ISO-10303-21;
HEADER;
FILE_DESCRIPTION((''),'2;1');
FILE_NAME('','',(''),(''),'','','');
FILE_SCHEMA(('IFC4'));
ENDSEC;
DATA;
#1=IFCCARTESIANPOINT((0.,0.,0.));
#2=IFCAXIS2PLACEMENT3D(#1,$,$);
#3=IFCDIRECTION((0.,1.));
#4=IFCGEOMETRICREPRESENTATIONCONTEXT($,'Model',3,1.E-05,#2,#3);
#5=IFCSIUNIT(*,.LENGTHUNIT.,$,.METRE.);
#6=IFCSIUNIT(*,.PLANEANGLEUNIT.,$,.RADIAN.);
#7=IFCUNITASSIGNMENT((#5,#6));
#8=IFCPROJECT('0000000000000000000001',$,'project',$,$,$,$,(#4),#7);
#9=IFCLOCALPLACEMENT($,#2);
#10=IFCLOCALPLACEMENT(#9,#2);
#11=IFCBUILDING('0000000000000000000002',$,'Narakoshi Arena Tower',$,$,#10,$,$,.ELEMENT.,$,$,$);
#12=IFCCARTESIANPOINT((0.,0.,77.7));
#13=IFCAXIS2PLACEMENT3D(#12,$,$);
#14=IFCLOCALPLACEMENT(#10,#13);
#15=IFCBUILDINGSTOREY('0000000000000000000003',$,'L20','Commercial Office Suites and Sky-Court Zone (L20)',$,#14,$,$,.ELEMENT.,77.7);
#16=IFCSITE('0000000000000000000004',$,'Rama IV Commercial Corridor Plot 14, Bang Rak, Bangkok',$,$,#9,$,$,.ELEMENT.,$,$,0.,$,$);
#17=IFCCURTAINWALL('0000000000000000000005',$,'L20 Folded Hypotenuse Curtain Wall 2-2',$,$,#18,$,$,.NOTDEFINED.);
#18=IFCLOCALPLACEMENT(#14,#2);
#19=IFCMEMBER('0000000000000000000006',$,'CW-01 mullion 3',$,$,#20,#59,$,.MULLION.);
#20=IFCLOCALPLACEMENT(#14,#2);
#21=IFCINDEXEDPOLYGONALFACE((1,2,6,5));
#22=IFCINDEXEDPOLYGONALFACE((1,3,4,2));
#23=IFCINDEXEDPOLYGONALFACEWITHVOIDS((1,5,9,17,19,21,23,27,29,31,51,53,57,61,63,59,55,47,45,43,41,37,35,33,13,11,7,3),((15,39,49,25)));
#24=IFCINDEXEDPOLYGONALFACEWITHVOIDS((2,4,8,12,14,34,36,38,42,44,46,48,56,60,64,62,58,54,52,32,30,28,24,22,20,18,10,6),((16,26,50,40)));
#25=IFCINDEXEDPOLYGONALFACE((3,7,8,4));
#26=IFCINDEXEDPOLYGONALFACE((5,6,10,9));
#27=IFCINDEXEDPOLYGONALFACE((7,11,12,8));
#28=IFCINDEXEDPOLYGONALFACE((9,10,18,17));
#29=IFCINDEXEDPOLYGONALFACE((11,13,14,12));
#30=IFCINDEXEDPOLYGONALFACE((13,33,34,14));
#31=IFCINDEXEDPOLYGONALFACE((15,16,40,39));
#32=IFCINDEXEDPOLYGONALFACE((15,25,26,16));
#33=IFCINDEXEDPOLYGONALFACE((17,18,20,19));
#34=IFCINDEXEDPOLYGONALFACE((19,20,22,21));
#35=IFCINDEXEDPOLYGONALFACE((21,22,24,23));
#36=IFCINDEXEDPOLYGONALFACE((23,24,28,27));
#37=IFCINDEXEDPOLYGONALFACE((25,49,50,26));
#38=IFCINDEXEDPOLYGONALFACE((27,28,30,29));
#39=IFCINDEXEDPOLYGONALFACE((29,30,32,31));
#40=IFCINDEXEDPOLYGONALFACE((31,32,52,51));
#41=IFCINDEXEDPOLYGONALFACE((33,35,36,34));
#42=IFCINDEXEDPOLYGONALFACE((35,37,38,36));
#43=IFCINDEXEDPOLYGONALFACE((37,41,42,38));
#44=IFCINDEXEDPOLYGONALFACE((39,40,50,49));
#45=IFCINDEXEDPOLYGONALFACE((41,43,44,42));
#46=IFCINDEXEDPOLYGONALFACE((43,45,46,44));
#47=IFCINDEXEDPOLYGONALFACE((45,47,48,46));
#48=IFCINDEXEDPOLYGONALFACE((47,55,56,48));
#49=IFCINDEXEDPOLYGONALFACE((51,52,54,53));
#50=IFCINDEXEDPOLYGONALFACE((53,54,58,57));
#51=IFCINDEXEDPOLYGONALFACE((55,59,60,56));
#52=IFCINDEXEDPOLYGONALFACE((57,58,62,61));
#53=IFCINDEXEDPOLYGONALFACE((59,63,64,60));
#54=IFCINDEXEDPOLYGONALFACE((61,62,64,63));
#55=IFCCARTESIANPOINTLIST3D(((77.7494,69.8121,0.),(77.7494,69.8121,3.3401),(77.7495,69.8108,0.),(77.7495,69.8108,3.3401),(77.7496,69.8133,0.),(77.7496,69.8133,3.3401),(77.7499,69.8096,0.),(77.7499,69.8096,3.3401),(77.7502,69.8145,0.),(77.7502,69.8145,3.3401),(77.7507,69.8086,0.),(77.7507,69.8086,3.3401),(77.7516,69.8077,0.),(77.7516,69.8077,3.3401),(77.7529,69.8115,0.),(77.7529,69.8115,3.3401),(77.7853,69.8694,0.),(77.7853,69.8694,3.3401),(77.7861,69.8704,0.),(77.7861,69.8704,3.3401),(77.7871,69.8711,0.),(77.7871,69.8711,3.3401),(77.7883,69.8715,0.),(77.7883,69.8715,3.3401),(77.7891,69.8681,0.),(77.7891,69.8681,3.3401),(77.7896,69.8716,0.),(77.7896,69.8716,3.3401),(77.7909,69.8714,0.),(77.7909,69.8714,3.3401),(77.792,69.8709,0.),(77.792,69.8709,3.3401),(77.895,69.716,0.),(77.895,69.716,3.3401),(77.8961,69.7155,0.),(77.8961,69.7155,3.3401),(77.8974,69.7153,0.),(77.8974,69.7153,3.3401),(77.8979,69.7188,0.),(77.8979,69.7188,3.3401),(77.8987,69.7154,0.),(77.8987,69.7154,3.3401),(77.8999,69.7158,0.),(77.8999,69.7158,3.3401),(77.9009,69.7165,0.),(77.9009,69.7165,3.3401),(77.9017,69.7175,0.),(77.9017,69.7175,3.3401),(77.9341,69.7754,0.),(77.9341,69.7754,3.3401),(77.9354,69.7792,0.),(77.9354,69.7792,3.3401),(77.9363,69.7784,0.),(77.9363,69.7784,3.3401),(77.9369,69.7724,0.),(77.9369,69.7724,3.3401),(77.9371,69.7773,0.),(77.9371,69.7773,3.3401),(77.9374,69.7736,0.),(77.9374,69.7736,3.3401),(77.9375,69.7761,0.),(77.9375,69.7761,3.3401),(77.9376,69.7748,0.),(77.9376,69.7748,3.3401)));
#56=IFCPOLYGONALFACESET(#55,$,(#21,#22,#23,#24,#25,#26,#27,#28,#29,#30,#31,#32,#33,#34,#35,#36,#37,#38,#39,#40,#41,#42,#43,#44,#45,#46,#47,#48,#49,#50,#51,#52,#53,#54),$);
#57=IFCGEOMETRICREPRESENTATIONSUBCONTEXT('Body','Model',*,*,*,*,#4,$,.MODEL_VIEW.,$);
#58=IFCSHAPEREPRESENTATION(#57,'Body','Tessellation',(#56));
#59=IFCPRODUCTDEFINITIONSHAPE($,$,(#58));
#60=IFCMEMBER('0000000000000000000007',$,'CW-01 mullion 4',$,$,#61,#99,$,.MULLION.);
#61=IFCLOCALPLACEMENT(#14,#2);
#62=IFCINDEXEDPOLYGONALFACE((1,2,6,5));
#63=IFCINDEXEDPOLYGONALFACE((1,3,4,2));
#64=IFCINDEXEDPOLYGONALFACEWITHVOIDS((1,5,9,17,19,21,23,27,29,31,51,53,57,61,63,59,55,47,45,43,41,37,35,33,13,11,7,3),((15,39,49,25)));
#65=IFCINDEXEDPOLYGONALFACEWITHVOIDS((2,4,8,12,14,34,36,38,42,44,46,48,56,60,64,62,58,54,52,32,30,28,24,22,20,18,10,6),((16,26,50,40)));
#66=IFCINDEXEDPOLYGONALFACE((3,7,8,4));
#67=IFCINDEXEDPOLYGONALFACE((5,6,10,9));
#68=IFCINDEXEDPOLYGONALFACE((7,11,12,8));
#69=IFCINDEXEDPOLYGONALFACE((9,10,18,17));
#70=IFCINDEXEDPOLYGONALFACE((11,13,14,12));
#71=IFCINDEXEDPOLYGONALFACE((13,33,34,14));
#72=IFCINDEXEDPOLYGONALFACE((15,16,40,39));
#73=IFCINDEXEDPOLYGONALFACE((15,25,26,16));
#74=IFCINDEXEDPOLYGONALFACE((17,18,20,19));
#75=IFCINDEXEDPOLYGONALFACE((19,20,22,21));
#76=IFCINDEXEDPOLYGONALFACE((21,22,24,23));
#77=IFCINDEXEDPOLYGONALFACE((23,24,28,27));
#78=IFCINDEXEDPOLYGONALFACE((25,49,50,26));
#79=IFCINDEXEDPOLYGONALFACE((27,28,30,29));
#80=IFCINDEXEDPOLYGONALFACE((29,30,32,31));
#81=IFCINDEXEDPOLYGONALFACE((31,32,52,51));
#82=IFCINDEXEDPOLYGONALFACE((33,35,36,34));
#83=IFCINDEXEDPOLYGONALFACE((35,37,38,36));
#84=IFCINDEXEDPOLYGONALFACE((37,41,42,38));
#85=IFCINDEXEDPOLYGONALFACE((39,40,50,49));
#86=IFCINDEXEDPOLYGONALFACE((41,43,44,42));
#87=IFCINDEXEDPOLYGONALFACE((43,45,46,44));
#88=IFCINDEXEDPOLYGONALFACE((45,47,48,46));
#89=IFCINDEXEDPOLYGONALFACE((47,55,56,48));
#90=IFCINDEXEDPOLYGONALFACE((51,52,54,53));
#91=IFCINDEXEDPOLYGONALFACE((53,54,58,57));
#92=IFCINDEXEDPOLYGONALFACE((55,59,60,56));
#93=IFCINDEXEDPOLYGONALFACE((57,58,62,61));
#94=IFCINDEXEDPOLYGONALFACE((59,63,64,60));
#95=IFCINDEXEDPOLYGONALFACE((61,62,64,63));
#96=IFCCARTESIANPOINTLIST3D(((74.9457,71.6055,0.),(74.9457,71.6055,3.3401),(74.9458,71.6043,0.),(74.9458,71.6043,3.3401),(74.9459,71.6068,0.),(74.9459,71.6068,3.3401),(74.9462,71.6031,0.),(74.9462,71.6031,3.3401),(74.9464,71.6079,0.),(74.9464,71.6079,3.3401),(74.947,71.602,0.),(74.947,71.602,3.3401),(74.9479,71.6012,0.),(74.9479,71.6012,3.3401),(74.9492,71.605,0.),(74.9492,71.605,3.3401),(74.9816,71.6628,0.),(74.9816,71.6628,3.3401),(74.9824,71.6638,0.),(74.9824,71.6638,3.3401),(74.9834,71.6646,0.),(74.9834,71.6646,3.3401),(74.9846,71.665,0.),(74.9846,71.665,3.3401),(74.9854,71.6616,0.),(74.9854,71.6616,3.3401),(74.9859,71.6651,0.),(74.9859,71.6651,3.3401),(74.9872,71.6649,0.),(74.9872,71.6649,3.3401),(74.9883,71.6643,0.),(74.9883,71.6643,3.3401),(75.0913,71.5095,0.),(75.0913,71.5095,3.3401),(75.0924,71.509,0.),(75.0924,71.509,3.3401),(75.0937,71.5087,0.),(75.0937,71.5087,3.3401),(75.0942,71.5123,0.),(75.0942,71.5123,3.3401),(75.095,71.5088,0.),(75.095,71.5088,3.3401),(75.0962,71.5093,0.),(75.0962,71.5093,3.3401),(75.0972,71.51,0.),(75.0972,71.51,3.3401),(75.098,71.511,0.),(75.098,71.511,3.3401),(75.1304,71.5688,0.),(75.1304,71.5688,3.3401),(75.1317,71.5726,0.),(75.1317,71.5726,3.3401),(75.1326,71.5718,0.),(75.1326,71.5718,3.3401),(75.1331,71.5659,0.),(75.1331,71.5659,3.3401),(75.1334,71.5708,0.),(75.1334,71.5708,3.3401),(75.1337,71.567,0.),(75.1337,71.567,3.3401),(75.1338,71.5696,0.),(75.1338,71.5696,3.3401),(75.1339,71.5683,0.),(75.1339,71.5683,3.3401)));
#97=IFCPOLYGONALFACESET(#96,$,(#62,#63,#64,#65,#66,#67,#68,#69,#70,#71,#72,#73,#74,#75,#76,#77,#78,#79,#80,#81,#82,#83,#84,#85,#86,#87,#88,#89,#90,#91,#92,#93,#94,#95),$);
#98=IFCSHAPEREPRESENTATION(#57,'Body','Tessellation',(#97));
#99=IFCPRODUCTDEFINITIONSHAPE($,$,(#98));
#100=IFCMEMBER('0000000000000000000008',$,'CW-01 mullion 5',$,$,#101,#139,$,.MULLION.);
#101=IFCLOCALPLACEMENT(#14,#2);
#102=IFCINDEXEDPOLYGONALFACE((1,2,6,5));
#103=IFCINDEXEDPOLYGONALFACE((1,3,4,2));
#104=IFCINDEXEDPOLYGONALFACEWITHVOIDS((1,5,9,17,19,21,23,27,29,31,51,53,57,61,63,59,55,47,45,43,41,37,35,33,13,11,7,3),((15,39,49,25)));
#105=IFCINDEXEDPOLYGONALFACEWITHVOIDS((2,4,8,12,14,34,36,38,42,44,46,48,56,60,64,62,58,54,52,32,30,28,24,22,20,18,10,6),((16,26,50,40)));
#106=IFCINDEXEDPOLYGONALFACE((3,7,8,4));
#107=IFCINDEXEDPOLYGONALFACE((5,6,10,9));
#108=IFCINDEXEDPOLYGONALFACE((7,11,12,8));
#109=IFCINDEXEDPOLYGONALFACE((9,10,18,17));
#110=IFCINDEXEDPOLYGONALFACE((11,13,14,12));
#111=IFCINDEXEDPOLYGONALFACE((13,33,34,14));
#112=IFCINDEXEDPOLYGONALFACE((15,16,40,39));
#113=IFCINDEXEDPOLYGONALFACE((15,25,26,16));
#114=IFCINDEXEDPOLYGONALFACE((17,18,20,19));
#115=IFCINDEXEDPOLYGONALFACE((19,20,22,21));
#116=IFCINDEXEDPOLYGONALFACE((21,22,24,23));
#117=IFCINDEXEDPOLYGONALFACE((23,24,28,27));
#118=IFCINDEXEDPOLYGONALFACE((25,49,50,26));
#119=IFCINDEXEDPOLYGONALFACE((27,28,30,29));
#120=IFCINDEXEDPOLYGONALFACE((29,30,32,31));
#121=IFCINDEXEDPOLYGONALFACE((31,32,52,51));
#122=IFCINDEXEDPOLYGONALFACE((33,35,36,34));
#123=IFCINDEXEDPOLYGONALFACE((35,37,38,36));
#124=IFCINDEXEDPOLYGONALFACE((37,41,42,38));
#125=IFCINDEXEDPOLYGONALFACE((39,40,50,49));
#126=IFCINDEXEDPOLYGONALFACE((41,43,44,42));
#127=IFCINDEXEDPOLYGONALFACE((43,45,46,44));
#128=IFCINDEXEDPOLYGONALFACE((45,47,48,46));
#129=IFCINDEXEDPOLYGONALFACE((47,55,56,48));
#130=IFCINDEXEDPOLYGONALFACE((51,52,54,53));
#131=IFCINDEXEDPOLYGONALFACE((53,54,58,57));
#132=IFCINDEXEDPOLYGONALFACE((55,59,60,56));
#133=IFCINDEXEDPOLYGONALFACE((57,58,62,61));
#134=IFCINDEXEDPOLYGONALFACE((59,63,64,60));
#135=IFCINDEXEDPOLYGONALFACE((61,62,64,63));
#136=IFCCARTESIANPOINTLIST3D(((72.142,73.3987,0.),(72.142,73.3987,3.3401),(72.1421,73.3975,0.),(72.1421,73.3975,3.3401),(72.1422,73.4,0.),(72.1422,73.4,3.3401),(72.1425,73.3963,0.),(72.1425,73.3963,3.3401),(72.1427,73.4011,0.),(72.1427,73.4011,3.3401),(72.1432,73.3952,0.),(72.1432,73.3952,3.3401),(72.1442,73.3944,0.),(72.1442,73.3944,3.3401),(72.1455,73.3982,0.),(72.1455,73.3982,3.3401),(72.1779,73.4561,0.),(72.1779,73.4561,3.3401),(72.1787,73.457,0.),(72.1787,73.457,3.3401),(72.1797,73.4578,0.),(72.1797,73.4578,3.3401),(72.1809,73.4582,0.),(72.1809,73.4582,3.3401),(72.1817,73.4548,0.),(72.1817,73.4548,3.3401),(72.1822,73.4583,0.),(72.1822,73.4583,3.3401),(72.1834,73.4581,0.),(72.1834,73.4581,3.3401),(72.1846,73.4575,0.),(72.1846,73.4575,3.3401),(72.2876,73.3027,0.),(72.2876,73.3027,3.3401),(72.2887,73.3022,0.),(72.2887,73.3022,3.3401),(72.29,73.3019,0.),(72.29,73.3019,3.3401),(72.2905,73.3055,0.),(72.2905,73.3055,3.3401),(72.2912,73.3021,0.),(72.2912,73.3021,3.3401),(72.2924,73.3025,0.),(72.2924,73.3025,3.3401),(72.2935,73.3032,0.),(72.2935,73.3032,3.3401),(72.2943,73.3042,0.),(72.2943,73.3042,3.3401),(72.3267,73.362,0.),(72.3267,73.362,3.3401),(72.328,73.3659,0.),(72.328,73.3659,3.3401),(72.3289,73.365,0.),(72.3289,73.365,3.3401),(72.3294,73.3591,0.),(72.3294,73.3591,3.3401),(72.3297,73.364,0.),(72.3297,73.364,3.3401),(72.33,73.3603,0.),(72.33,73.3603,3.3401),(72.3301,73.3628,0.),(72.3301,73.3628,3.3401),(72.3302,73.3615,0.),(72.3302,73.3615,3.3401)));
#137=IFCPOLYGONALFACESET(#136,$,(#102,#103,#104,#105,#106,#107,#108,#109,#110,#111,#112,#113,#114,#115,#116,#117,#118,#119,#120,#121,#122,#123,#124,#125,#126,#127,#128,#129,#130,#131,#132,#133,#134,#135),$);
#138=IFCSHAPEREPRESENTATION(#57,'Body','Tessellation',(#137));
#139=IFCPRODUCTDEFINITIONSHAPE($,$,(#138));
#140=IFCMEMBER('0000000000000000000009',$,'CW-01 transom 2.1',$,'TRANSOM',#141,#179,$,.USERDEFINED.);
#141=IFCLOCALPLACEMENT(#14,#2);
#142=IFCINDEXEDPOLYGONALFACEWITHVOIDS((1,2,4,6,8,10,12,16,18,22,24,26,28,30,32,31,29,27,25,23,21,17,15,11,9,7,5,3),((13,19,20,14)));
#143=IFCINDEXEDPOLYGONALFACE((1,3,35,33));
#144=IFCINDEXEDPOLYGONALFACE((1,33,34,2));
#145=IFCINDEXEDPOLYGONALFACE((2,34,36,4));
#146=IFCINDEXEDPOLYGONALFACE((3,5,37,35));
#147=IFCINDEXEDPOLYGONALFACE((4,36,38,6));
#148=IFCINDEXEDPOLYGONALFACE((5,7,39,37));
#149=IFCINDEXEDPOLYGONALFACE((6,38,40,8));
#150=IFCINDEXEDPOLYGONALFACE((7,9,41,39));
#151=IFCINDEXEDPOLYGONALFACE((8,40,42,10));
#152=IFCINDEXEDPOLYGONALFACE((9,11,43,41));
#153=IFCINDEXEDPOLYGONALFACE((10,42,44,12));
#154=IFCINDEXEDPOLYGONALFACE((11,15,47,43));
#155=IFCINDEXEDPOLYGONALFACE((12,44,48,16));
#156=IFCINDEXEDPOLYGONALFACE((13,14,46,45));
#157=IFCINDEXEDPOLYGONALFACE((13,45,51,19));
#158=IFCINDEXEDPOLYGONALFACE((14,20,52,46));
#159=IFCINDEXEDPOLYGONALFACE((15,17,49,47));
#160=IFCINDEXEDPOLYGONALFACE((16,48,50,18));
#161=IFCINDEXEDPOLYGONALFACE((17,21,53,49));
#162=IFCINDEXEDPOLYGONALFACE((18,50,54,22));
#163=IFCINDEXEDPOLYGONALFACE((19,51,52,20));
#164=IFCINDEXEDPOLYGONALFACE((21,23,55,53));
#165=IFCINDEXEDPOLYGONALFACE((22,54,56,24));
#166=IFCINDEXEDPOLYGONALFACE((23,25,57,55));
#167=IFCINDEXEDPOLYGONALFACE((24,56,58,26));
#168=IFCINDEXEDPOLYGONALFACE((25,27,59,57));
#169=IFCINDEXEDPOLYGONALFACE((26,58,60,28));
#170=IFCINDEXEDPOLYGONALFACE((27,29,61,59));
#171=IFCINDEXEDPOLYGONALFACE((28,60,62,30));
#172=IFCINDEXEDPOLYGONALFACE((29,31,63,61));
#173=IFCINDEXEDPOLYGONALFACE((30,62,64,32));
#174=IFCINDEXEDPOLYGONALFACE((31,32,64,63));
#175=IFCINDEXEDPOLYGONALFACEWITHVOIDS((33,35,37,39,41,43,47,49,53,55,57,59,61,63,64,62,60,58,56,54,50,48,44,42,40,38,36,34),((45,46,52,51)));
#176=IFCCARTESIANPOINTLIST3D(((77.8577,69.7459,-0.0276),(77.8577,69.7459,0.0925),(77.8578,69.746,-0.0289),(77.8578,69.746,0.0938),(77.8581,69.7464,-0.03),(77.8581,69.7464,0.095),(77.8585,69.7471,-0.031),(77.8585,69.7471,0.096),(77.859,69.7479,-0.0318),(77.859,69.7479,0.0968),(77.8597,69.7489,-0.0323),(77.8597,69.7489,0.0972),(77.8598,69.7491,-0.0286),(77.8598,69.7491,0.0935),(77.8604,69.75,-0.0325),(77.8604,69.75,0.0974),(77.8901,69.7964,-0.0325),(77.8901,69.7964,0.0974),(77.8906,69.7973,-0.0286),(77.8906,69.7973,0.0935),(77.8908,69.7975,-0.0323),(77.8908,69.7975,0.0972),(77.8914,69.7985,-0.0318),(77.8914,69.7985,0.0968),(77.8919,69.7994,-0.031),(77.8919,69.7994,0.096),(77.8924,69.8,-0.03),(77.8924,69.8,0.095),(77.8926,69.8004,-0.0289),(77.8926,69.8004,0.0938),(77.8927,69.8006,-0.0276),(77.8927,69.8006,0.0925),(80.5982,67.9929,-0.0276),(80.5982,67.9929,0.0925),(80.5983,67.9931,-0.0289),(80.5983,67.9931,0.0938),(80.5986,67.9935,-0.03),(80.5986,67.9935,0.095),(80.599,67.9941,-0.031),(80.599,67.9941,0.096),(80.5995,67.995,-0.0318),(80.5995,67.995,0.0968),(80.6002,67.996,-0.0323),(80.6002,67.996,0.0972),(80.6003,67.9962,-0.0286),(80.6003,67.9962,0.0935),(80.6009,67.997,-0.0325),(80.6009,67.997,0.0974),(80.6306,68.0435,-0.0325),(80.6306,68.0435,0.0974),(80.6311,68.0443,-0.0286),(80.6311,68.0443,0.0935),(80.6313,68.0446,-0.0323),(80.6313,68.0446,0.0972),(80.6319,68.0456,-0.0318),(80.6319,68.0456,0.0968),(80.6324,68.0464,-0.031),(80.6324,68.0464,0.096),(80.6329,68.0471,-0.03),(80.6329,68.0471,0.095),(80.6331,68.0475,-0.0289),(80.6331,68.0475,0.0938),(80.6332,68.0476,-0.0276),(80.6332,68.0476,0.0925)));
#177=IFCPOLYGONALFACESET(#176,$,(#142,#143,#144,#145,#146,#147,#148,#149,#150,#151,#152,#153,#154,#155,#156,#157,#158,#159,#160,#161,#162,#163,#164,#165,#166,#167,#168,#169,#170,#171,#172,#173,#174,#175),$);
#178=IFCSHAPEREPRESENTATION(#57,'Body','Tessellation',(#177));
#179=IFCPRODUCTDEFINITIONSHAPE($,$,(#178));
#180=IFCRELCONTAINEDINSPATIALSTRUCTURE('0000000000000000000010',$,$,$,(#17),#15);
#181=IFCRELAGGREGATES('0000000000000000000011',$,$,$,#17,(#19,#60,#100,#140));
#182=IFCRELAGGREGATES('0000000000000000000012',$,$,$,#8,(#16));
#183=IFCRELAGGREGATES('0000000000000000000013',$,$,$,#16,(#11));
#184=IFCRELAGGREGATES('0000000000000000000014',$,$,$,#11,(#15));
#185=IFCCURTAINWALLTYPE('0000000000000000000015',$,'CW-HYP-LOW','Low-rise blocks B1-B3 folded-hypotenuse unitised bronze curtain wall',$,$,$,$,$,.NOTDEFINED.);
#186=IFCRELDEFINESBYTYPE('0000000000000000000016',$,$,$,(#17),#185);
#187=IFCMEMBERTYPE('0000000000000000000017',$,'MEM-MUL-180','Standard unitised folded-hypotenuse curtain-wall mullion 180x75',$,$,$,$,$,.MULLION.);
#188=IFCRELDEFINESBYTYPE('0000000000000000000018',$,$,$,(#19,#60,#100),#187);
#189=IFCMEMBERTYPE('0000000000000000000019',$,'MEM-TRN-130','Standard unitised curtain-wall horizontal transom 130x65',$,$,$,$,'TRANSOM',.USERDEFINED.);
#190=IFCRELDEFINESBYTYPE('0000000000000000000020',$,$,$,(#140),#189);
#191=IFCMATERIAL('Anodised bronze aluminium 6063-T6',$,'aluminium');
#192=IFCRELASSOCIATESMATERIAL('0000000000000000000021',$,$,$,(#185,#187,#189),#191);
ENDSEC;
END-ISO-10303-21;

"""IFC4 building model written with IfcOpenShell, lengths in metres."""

from ifc_helpers import new_model, si_unit, direction, frame, origin, origin_2d, place, context, subcontext, project, spatial, hollow_rectangle, extrude, material, material_profile, profile_set, type_object, element, aggregate, save


model = new_model("IFC4")

# Units and contexts
model_context = context("Model", 3, precision=1e-05, world=origin(), true_north=direction((0.0, 1.0)))
body_context = subcontext(model_context, "Body", "Model", "MODEL_VIEW")
ifc_project = project(units=[si_unit("LENGTHUNIT", "METRE"), si_unit("PLANEANGLEUNIT", "RADIAN")], contexts=[model_context])

# Site, building, storey
site_placement = place(None, origin())
site = spatial("IfcSite", under=ifc_project, at=site_placement, Name="Rama IV Commercial Corridor Plot 14, Bang Rak, Bangkok", CompositionType="ELEMENT", RefElevation=0.0)
building_placement = place(site_placement, origin())
building = spatial("IfcBuilding", under=site, at=building_placement, Name="Narakoshi Arena Tower", CompositionType="ELEMENT")
storey_placement = place(building_placement, frame((0.0, 0.0, 77.7)))
storey = spatial("IfcBuildingStorey", under=building, at=storey_placement, Name="L20", Description="Commercial Office Suites and Sky-Court Zone (L20)", CompositionType="ELEMENT", Elevation=77.7)

# Curtain wall, members
ifc_material_1 = material(Name="Anodised bronze aluminium 6063-T6", Category="aluminium")
curtain_wall_type = type_object("IfcCurtainWallType", Name="CW-HYP-LOW", Description="Low-rise blocks B1-B3 folded-hypotenuse unitised bronze curtain wall", PredefinedType="NOTDEFINED", material=ifc_material_1)
curtain_wall_placement = place(storey_placement, origin())
curtain_wall = element("IfcCurtainWall", 1, at=curtain_wall_placement, inside=storey, type_object=curtain_wall_type, Name="L20 Folded Hypotenuse Curtain Wall 2-2", PredefinedType="NOTDEFINED")
ifc_material_profile_1 = material_profile(ifc_material_1, hollow_rectangle(XDim=0.075, YDim=0.1799, WallThickness=0.0039, OuterFilletRadius=0.0049, at=origin_2d()), Name="MUL180x75x4")
ifc_profile_set_1 = profile_set([ifc_material_profile_1], Name="Anodised bronze aluminium 6063-T6")
member_type_1 = type_object("IfcMemberType", Name="MEM-MUL-180", Description="Standard unitised folded-hypotenuse curtain-wall mullion 180x75", PredefinedType="MULLION", material=ifc_profile_set_1)
member_1_placement = place(storey_placement, frame((77.8435, 69.7935, 0.0), z_axis=(0.0, 0.0, 1.0), x_axis=(-0.538829, -0.842415, 0.0)))
member_1 = element("IfcMember", 2, at=member_1_placement, type_object=member_type_1, Name="CW-01 mullion 3", PredefinedType="MULLION", context=body_context, shape_type="SweptSolid", body=[
    extrude(hollow_rectangle(XDim=0.075, YDim=0.1799, WallThickness=0.0039, OuterFilletRadius=0.0049, at=origin_2d()), origin(), (0.0, 0.0, 1.0), 3.3401),
])
member_2_placement = place(storey_placement, frame((75.0398, 71.5869, 0.0), z_axis=(0.0, 0.0, 1.0), x_axis=(-0.538829, -0.842415, 0.0)))
member_2 = element("IfcMember", 3, at=member_2_placement, type_object=member_type_1, Name="CW-01 mullion 4", PredefinedType="MULLION", context=body_context, shape_type="SweptSolid", body=[
    extrude(hollow_rectangle(XDim=0.075, YDim=0.1799, WallThickness=0.0039, OuterFilletRadius=0.0049, at=origin_2d()), origin(), (0.0, 0.0, 1.0), 3.3401),
])
member_3_placement = place(storey_placement, frame((72.2361, 73.3801, 0.0), z_axis=(0.0, 0.0, 1.0), x_axis=(-0.538829, -0.842415, 0.0)))
member_3 = element("IfcMember", 4, at=member_3_placement, type_object=member_type_1, Name="CW-01 mullion 5", PredefinedType="MULLION", context=body_context, shape_type="SweptSolid", body=[
    extrude(hollow_rectangle(XDim=0.075, YDim=0.1799, WallThickness=0.0039, OuterFilletRadius=0.0049, at=origin_2d()), origin(), (0.0, 0.0, 1.0), 3.3401),
])
ifc_material_profile_2 = material_profile(ifc_material_1, hollow_rectangle(XDim=0.0649, YDim=0.1299, WallThickness=0.0039, OuterFilletRadius=0.0049, at=origin_2d()), Name="TRN130x65x4")
ifc_profile_set_2 = profile_set([ifc_material_profile_2], Name="Anodised bronze aluminium 6063-T6")
member_type_2 = type_object("IfcMemberType", Name="MEM-TRN-130", Description="Standard unitised curtain-wall horizontal transom 130x65", ElementType="TRANSOM", PredefinedType="USERDEFINED", material=ifc_profile_set_2)
member_4_placement = place(storey_placement, frame((80.6157, 68.0203, 0.0325), z_axis=(-0.842408, 0.538841, 0.0), x_axis=(-0.538841, -0.842408, 0.0)))
member_4 = element("IfcMember", 5, at=member_4_placement, type_object=member_type_2, Name="CW-01 transom 2.1", ObjectType="TRANSOM", PredefinedType="USERDEFINED", context=body_context, shape_type="SweptSolid", body=[
    extrude(hollow_rectangle(XDim=0.0649, YDim=0.1299, WallThickness=0.0039, OuterFilletRadius=0.0049, at=origin_2d()), origin(), (0.0, 0.0, 1.0), 3.2532),
])
aggregate(curtain_wall, [member_1, member_2, member_3, member_4])

save(model, "model.ifc")
